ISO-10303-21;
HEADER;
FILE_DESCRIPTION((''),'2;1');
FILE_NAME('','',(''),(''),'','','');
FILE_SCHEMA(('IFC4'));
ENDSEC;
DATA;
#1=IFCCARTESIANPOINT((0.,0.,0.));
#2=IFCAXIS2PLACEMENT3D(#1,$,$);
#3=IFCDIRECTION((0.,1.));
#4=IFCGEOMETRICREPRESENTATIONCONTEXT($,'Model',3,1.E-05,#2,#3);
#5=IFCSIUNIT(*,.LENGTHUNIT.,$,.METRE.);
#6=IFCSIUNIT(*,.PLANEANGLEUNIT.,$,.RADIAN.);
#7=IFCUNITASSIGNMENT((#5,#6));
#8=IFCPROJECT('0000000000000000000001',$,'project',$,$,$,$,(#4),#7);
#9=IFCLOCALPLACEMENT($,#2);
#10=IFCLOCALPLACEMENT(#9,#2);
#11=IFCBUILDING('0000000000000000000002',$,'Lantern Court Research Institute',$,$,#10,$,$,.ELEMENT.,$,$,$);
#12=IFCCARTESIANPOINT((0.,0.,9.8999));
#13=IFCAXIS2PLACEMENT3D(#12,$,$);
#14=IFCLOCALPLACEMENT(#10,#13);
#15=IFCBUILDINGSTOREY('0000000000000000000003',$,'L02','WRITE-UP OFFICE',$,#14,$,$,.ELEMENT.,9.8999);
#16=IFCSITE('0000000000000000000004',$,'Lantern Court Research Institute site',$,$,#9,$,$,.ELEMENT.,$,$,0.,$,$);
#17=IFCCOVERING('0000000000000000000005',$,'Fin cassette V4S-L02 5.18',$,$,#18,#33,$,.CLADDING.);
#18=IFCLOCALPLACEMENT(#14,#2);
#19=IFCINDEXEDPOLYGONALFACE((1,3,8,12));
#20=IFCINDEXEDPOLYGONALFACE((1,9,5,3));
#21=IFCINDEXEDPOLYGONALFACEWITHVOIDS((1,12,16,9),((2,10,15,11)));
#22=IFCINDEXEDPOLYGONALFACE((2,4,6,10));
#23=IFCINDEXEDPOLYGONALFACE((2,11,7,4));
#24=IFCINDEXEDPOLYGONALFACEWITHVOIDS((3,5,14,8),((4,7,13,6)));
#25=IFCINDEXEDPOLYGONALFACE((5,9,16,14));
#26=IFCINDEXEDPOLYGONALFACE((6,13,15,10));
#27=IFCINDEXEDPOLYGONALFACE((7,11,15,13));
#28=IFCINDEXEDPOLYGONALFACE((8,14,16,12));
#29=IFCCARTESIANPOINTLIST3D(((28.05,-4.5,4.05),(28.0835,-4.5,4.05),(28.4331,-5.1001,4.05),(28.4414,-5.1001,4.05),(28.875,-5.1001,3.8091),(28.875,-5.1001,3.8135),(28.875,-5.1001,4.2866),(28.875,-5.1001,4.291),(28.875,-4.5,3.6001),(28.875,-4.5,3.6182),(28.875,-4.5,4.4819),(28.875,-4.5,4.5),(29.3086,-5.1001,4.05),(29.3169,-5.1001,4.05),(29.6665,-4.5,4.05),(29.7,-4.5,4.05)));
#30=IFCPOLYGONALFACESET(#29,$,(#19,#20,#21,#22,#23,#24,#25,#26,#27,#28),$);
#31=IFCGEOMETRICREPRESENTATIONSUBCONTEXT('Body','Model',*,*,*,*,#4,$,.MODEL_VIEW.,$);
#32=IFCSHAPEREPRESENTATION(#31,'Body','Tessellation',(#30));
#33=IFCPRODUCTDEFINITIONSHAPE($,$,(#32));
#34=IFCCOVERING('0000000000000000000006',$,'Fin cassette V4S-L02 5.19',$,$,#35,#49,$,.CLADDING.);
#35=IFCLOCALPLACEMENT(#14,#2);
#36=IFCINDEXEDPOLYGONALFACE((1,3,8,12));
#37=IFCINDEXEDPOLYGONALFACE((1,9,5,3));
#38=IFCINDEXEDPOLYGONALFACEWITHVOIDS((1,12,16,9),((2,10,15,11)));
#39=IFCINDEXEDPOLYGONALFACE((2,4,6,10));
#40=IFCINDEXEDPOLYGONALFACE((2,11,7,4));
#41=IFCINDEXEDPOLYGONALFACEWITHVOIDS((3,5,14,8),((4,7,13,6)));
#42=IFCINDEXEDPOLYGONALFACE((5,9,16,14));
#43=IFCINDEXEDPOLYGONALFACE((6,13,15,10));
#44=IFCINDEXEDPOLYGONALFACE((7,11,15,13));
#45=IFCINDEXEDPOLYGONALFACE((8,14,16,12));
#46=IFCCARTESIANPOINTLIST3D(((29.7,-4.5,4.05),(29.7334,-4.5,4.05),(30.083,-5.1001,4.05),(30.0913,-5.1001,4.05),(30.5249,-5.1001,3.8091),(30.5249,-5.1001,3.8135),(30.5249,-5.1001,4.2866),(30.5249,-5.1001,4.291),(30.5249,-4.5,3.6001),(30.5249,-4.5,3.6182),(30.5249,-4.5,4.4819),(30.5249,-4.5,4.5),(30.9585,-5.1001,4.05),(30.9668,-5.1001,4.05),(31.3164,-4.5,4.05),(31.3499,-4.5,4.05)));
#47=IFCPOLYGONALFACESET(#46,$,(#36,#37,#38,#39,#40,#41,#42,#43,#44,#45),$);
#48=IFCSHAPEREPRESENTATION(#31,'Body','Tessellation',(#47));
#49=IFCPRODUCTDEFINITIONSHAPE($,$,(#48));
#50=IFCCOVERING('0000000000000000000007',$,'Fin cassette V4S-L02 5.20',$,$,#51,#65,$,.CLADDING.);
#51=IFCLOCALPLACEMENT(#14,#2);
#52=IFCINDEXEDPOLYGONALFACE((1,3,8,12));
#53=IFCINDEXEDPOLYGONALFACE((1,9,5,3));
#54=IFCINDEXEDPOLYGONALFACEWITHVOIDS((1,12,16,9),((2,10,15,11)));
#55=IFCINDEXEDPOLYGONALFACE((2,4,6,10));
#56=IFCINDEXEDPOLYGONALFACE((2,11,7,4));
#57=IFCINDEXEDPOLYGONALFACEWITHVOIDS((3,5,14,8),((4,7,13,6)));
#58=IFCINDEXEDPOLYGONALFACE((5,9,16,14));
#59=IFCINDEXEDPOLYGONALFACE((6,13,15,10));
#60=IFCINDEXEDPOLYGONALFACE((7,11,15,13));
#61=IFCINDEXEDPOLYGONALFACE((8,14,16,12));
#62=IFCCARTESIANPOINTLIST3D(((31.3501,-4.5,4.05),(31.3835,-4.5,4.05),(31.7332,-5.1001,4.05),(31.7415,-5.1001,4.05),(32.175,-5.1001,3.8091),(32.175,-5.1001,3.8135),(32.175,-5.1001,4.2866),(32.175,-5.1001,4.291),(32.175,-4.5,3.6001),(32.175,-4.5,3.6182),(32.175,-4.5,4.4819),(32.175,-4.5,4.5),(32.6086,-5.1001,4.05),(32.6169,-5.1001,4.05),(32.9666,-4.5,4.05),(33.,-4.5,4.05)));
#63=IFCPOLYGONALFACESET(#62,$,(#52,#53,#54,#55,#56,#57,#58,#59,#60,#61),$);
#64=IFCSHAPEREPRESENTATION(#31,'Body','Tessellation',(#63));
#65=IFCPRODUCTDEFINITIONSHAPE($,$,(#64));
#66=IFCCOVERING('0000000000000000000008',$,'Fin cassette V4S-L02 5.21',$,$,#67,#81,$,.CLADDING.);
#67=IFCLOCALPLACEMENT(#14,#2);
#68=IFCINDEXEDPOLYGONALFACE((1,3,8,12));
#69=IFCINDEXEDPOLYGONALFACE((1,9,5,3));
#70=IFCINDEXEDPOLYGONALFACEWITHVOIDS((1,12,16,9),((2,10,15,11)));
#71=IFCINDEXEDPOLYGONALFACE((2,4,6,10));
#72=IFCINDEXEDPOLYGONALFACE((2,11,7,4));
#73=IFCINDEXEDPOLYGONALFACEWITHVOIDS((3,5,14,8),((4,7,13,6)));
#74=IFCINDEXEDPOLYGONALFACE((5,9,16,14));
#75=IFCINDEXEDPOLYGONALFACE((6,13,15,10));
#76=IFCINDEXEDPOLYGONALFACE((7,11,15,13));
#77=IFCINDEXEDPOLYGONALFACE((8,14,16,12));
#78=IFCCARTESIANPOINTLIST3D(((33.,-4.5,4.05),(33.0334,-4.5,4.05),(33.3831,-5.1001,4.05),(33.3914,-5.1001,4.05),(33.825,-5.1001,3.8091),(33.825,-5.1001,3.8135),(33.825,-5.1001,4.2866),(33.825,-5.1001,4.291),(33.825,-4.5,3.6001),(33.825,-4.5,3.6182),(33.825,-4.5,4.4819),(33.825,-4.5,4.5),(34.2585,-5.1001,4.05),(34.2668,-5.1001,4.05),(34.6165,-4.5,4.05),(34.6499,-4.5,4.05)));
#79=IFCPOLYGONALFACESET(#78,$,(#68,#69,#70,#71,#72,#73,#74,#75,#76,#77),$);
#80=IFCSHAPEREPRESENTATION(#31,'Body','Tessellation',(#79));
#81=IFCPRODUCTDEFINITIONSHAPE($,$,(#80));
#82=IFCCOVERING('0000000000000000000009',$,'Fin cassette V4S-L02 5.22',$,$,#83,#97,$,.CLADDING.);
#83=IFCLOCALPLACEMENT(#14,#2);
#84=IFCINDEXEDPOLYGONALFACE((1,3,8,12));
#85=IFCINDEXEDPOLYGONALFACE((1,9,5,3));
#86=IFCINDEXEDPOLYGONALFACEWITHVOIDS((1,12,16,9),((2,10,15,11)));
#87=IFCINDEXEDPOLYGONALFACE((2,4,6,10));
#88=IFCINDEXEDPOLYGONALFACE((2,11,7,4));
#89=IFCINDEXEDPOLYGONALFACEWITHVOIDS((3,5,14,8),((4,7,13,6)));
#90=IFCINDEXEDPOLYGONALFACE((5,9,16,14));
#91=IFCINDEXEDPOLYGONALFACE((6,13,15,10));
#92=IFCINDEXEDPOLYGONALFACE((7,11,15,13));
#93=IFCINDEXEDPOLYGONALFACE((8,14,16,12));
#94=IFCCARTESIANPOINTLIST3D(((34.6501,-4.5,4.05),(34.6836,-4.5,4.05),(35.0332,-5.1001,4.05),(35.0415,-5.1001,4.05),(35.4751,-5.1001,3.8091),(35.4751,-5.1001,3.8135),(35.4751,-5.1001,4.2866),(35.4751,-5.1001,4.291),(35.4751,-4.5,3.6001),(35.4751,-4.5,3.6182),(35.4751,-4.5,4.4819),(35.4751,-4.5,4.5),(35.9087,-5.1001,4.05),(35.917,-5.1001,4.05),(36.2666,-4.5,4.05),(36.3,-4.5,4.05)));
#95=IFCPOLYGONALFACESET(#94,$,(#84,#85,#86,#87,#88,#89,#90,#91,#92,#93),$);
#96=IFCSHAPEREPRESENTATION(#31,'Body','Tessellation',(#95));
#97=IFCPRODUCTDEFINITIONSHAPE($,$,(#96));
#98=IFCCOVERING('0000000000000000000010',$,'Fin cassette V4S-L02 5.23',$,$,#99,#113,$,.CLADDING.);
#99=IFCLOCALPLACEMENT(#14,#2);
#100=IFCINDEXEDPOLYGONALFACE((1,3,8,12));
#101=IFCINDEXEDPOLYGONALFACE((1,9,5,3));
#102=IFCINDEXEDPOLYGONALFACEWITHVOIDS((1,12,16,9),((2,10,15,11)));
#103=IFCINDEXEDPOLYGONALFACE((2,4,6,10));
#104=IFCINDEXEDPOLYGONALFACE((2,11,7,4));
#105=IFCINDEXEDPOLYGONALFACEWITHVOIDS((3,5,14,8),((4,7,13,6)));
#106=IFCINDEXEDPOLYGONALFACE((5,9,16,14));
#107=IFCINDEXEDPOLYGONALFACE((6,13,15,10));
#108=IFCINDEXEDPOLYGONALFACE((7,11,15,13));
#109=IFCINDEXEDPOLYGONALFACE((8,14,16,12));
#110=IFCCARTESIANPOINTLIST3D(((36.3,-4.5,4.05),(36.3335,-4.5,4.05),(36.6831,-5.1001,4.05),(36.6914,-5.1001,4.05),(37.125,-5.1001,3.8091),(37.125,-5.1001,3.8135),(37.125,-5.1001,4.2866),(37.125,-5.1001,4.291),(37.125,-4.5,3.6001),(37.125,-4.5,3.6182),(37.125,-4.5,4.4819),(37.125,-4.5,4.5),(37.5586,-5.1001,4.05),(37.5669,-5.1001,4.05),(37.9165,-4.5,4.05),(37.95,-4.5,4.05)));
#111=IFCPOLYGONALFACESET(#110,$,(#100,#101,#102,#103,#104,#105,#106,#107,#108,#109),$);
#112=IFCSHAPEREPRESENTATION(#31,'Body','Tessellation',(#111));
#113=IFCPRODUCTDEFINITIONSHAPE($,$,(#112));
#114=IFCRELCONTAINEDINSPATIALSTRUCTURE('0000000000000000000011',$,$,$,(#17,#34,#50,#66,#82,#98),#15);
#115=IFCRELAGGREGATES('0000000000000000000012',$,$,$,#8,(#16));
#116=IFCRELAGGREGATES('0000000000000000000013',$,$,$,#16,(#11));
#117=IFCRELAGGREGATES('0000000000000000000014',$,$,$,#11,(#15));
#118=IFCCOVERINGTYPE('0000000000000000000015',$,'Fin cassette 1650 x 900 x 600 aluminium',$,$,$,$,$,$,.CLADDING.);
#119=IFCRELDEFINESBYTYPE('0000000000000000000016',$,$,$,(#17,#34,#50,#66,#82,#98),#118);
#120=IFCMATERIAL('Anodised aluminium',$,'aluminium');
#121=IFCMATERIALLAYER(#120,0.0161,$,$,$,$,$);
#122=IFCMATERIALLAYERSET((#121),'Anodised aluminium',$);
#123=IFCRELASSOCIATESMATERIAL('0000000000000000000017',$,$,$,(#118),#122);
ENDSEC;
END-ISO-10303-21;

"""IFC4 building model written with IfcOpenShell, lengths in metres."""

from ifc_helpers import new_model, entity, si_unit, direction, frame, origin, place, context, subcontext, project, spatial, material, layer, layer_set, type_object, element, save


model = new_model("IFC4")

# Units and contexts
model_context = context("Model", 3, precision=1e-05, world=origin(), true_north=direction((0.0, 1.0)))
body_context = subcontext(model_context, "Body", "Model", "MODEL_VIEW")
ifc_project = project(units=[si_unit("LENGTHUNIT", "METRE"), si_unit("PLANEANGLEUNIT", "RADIAN")], contexts=[model_context])

# Site, building, storey
site_placement = place(None, origin())
site = spatial("IfcSite", under=ifc_project, at=site_placement, Name="Lantern Court Research Institute site", CompositionType="ELEMENT", RefElevation=0.0)
building_placement = place(site_placement, origin())
building = spatial("IfcBuilding", under=site, at=building_placement, Name="Lantern Court Research Institute", CompositionType="ELEMENT")
storey_placement = place(building_placement, frame((0.0, 0.0, 9.8999)))
storey = spatial("IfcBuildingStorey", under=building, at=storey_placement, Name="L02", Description="WRITE-UP OFFICE", CompositionType="ELEMENT", Elevation=9.8999)

# Coverings
ifc_material_1 = material(Name="Anodised aluminium", Category="aluminium")
ifc_layer_1 = layer(ifc_material_1, 0.0161)
ifc_layer_set_1 = layer_set([ifc_layer_1], Name="Anodised aluminium")
covering_type = type_object("IfcCoveringType", Name="Fin cassette 1650 x 900 x 600 aluminium", PredefinedType="CLADDING", material=ifc_layer_set_1)
covering_1_placement = place(storey_placement, frame((28.875, -4.5, 4.05), z_axis=(0.0, -1.0, 0.0), x_axis=(1.0, 0.0, 0.0)))
cartesian_point_1 = entity("IfcCartesianPoint", [0.825, 0.0])
cartesian_point_2 = entity("IfcCartesianPoint", [0.7915, 0.0])
cartesian_point_3 = entity("IfcCartesianPoint", [0.4419, 0.0])
cartesian_point_4 = entity("IfcCartesianPoint", [0.4336, 0.0])
element("IfcCovering", 1, at=covering_1_placement, inside=storey, type_object=covering_type, Name="Fin cassette V4S-L02 5.18", PredefinedType="CLADDING", context=body_context, shape_type="SweptSolid", body=[
    entity("IfcExtrudedAreaSolidTapered", entity("IfcArbitraryProfileDefWithVoids", "AREA", None, entity("IfcPolyline", [cartesian_point_1, entity("IfcCartesianPoint", [0.0, 0.45]), entity("IfcCartesianPoint", [-0.825, 0.0]), entity("IfcCartesianPoint", [0.0, -0.45]), cartesian_point_1]), [entity("IfcPolyline", [cartesian_point_2, entity("IfcCartesianPoint", [0.0, 0.4319]), entity("IfcCartesianPoint", [-0.7915, 0.0]), entity("IfcCartesianPoint", [0.0, -0.4319]), cartesian_point_2])]), entity("IfcAxis2Placement3D", entity("IfcCartesianPoint", [0.0, 0.0, 0.0])), entity("IfcDirection", [0.0, 0.0, 1.0]), 0.6001, entity("IfcArbitraryProfileDefWithVoids", "AREA", None, entity("IfcPolyline", [cartesian_point_3, entity("IfcCartesianPoint", [0.0, 0.241]), entity("IfcCartesianPoint", [-0.4419, 0.0]), entity("IfcCartesianPoint", [0.0, -0.241]), cartesian_point_3]), [entity("IfcPolyline", [cartesian_point_4, entity("IfcCartesianPoint", [0.0, 0.2366]), entity("IfcCartesianPoint", [-0.4336, 0.0]), entity("IfcCartesianPoint", [0.0, -0.2366]), cartesian_point_4])])),
])
covering_2_placement = place(storey_placement, frame((30.5249, -4.5, 4.05), z_axis=(0.0, -1.0, 0.0), x_axis=(1.0, 0.0, 0.0)))
cartesian_point_5 = entity("IfcCartesianPoint", [0.825, 0.0])
cartesian_point_6 = entity("IfcCartesianPoint", [0.7915, 0.0])
cartesian_point_7 = entity("IfcCartesianPoint", [0.4419, 0.0])
cartesian_point_8 = entity("IfcCartesianPoint", [0.4336, 0.0])
element("IfcCovering", 2, at=covering_2_placement, inside=storey, type_object=covering_type, Name="Fin cassette V4S-L02 5.19", PredefinedType="CLADDING", context=body_context, shape_type="SweptSolid", body=[
    entity("IfcExtrudedAreaSolidTapered", entity("IfcArbitraryProfileDefWithVoids", "AREA", None, entity("IfcPolyline", [cartesian_point_5, entity("IfcCartesianPoint", [0.0, 0.45]), entity("IfcCartesianPoint", [-0.825, 0.0]), entity("IfcCartesianPoint", [0.0, -0.45]), cartesian_point_5]), [entity("IfcPolyline", [cartesian_point_6, entity("IfcCartesianPoint", [0.0, 0.4319]), entity("IfcCartesianPoint", [-0.7915, 0.0]), entity("IfcCartesianPoint", [0.0, -0.4319]), cartesian_point_6])]), entity("IfcAxis2Placement3D", entity("IfcCartesianPoint", [0.0, 0.0, 0.0])), entity("IfcDirection", [0.0, 0.0, 1.0]), 0.6001, entity("IfcArbitraryProfileDefWithVoids", "AREA", None, entity("IfcPolyline", [cartesian_point_7, entity("IfcCartesianPoint", [0.0, 0.241]), entity("IfcCartesianPoint", [-0.4419, 0.0]), entity("IfcCartesianPoint", [0.0, -0.241]), cartesian_point_7]), [entity("IfcPolyline", [cartesian_point_8, entity("IfcCartesianPoint", [0.0, 0.2366]), entity("IfcCartesianPoint", [-0.4336, 0.0]), entity("IfcCartesianPoint", [0.0, -0.2366]), cartesian_point_8])])),
])
covering_3_placement = place(storey_placement, frame((32.175, -4.5, 4.05), z_axis=(0.0, -1.0, 0.0), x_axis=(1.0, 0.0, 0.0)))
cartesian_point_9 = entity("IfcCartesianPoint", [0.825, 0.0])
cartesian_point_10 = entity("IfcCartesianPoint", [0.7915, 0.0])
cartesian_point_11 = entity("IfcCartesianPoint", [0.4419, 0.0])
cartesian_point_12 = entity("IfcCartesianPoint", [0.4336, 0.0])
element("IfcCovering", 3, at=covering_3_placement, inside=storey, type_object=covering_type, Name="Fin cassette V4S-L02 5.20", PredefinedType="CLADDING", context=body_context, shape_type="SweptSolid", body=[
    entity("IfcExtrudedAreaSolidTapered", entity("IfcArbitraryProfileDefWithVoids", "AREA", None, entity("IfcPolyline", [cartesian_point_9, entity("IfcCartesianPoint", [0.0, 0.45]), entity("IfcCartesianPoint", [-0.825, 0.0]), entity("IfcCartesianPoint", [0.0, -0.45]), cartesian_point_9]), [entity("IfcPolyline", [cartesian_point_10, entity("IfcCartesianPoint", [0.0, 0.4319]), entity("IfcCartesianPoint", [-0.7915, 0.0]), entity("IfcCartesianPoint", [0.0, -0.4319]), cartesian_point_10])]), entity("IfcAxis2Placement3D", entity("IfcCartesianPoint", [0.0, 0.0, 0.0])), entity("IfcDirection", [0.0, 0.0, 1.0]), 0.6001, entity("IfcArbitraryProfileDefWithVoids", "AREA", None, entity("IfcPolyline", [cartesian_point_11, entity("IfcCartesianPoint", [0.0, 0.241]), entity("IfcCartesianPoint", [-0.4419, 0.0]), entity("IfcCartesianPoint", [0.0, -0.241]), cartesian_point_11]), [entity("IfcPolyline", [cartesian_point_12, entity("IfcCartesianPoint", [0.0, 0.2366]), entity("IfcCartesianPoint", [-0.4336, 0.0]), entity("IfcCartesianPoint", [0.0, -0.2366]), cartesian_point_12])])),
])
covering_4_placement = place(storey_placement, frame((33.825, -4.5, 4.05), z_axis=(0.0, -1.0, 0.0), x_axis=(1.0, 0.0, 0.0)))
cartesian_point_13 = entity("IfcCartesianPoint", [0.825, 0.0])
cartesian_point_14 = entity("IfcCartesianPoint", [0.7915, 0.0])
cartesian_point_15 = entity("IfcCartesianPoint", [0.4419, 0.0])
cartesian_point_16 = entity("IfcCartesianPoint", [0.4336, 0.0])
element("IfcCovering", 4, at=covering_4_placement, inside=storey, type_object=covering_type, Name="Fin cassette V4S-L02 5.21", PredefinedType="CLADDING", context=body_context, shape_type="SweptSolid", body=[
    entity("IfcExtrudedAreaSolidTapered", entity("IfcArbitraryProfileDefWithVoids", "AREA", None, entity("IfcPolyline", [cartesian_point_13, entity("IfcCartesianPoint", [0.0, 0.45]), entity("IfcCartesianPoint", [-0.825, 0.0]), entity("IfcCartesianPoint", [0.0, -0.45]), cartesian_point_13]), [entity("IfcPolyline", [cartesian_point_14, entity("IfcCartesianPoint", [0.0, 0.4319]), entity("IfcCartesianPoint", [-0.7915, 0.0]), entity("IfcCartesianPoint", [0.0, -0.4319]), cartesian_point_14])]), entity("IfcAxis2Placement3D", entity("IfcCartesianPoint", [0.0, 0.0, 0.0])), entity("IfcDirection", [0.0, 0.0, 1.0]), 0.6001, entity("IfcArbitraryProfileDefWithVoids", "AREA", None, entity("IfcPolyline", [cartesian_point_15, entity("IfcCartesianPoint", [0.0, 0.241]), entity("IfcCartesianPoint", [-0.4419, 0.0]), entity("IfcCartesianPoint", [0.0, -0.241]), cartesian_point_15]), [entity("IfcPolyline", [cartesian_point_16, entity("IfcCartesianPoint", [0.0, 0.2366]), entity("IfcCartesianPoint", [-0.4336, 0.0]), entity("IfcCartesianPoint", [0.0, -0.2366]), cartesian_point_16])])),
])
covering_5_placement = place(storey_placement, frame((35.4751, -4.5, 4.05), z_axis=(0.0, -1.0, 0.0), x_axis=(1.0, 0.0, 0.0)))
cartesian_point_17 = entity("IfcCartesianPoint", [0.825, 0.0])
cartesian_point_18 = entity("IfcCartesianPoint", [0.7915, 0.0])
cartesian_point_19 = entity("IfcCartesianPoint", [0.4419, 0.0])
cartesian_point_20 = entity("IfcCartesianPoint", [0.4336, 0.0])
element("IfcCovering", 5, at=covering_5_placement, inside=storey, type_object=covering_type, Name="Fin cassette V4S-L02 5.22", PredefinedType="CLADDING", context=body_context, shape_type="SweptSolid", body=[
    entity("IfcExtrudedAreaSolidTapered", entity("IfcArbitraryProfileDefWithVoids", "AREA", None, entity("IfcPolyline", [cartesian_point_17, entity("IfcCartesianPoint", [0.0, 0.45]), entity("IfcCartesianPoint", [-0.825, 0.0]), entity("IfcCartesianPoint", [0.0, -0.45]), cartesian_point_17]), [entity("IfcPolyline", [cartesian_point_18, entity("IfcCartesianPoint", [0.0, 0.4319]), entity("IfcCartesianPoint", [-0.7915, 0.0]), entity("IfcCartesianPoint", [0.0, -0.4319]), cartesian_point_18])]), entity("IfcAxis2Placement3D", entity("IfcCartesianPoint", [0.0, 0.0, 0.0])), entity("IfcDirection", [0.0, 0.0, 1.0]), 0.6001, entity("IfcArbitraryProfileDefWithVoids", "AREA", None, entity("IfcPolyline", [cartesian_point_19, entity("IfcCartesianPoint", [0.0, 0.241]), entity("IfcCartesianPoint", [-0.4419, 0.0]), entity("IfcCartesianPoint", [0.0, -0.241]), cartesian_point_19]), [entity("IfcPolyline", [cartesian_point_20, entity("IfcCartesianPoint", [0.0, 0.2366]), entity("IfcCartesianPoint", [-0.4336, 0.0]), entity("IfcCartesianPoint", [0.0, -0.2366]), cartesian_point_20])])),
])
covering_6_placement = place(storey_placement, frame((37.125, -4.5, 4.05), z_axis=(0.0, -1.0, 0.0), x_axis=(1.0, 0.0, 0.0)))
cartesian_point_21 = entity("IfcCartesianPoint", [0.825, 0.0])
cartesian_point_22 = entity("IfcCartesianPoint", [0.7915, 0.0])
cartesian_point_23 = entity("IfcCartesianPoint", [0.4419, 0.0])
cartesian_point_24 = entity("IfcCartesianPoint", [0.4336, 0.0])
element("IfcCovering", 6, at=covering_6_placement, inside=storey, type_object=covering_type, Name="Fin cassette V4S-L02 5.23", PredefinedType="CLADDING", context=body_context, shape_type="SweptSolid", body=[
    entity("IfcExtrudedAreaSolidTapered", entity("IfcArbitraryProfileDefWithVoids", "AREA", None, entity("IfcPolyline", [cartesian_point_21, entity("IfcCartesianPoint", [0.0, 0.45]), entity("IfcCartesianPoint", [-0.825, 0.0]), entity("IfcCartesianPoint", [0.0, -0.45]), cartesian_point_21]), [entity("IfcPolyline", [cartesian_point_22, entity("IfcCartesianPoint", [0.0, 0.4319]), entity("IfcCartesianPoint", [-0.7915, 0.0]), entity("IfcCartesianPoint", [0.0, -0.4319]), cartesian_point_22])]), entity("IfcAxis2Placement3D", entity("IfcCartesianPoint", [0.0, 0.0, 0.0])), entity("IfcDirection", [0.0, 0.0, 1.0]), 0.6001, entity("IfcArbitraryProfileDefWithVoids", "AREA", None, entity("IfcPolyline", [cartesian_point_23, entity("IfcCartesianPoint", [0.0, 0.241]), entity("IfcCartesianPoint", [-0.4419, 0.0]), entity("IfcCartesianPoint", [0.0, -0.241]), cartesian_point_23]), [entity("IfcPolyline", [cartesian_point_24, entity("IfcCartesianPoint", [0.0, 0.2366]), entity("IfcCartesianPoint", [-0.4336, 0.0]), entity("IfcCartesianPoint", [0.0, -0.2366]), cartesian_point_24])])),
])

save(model, "model.ifc")
